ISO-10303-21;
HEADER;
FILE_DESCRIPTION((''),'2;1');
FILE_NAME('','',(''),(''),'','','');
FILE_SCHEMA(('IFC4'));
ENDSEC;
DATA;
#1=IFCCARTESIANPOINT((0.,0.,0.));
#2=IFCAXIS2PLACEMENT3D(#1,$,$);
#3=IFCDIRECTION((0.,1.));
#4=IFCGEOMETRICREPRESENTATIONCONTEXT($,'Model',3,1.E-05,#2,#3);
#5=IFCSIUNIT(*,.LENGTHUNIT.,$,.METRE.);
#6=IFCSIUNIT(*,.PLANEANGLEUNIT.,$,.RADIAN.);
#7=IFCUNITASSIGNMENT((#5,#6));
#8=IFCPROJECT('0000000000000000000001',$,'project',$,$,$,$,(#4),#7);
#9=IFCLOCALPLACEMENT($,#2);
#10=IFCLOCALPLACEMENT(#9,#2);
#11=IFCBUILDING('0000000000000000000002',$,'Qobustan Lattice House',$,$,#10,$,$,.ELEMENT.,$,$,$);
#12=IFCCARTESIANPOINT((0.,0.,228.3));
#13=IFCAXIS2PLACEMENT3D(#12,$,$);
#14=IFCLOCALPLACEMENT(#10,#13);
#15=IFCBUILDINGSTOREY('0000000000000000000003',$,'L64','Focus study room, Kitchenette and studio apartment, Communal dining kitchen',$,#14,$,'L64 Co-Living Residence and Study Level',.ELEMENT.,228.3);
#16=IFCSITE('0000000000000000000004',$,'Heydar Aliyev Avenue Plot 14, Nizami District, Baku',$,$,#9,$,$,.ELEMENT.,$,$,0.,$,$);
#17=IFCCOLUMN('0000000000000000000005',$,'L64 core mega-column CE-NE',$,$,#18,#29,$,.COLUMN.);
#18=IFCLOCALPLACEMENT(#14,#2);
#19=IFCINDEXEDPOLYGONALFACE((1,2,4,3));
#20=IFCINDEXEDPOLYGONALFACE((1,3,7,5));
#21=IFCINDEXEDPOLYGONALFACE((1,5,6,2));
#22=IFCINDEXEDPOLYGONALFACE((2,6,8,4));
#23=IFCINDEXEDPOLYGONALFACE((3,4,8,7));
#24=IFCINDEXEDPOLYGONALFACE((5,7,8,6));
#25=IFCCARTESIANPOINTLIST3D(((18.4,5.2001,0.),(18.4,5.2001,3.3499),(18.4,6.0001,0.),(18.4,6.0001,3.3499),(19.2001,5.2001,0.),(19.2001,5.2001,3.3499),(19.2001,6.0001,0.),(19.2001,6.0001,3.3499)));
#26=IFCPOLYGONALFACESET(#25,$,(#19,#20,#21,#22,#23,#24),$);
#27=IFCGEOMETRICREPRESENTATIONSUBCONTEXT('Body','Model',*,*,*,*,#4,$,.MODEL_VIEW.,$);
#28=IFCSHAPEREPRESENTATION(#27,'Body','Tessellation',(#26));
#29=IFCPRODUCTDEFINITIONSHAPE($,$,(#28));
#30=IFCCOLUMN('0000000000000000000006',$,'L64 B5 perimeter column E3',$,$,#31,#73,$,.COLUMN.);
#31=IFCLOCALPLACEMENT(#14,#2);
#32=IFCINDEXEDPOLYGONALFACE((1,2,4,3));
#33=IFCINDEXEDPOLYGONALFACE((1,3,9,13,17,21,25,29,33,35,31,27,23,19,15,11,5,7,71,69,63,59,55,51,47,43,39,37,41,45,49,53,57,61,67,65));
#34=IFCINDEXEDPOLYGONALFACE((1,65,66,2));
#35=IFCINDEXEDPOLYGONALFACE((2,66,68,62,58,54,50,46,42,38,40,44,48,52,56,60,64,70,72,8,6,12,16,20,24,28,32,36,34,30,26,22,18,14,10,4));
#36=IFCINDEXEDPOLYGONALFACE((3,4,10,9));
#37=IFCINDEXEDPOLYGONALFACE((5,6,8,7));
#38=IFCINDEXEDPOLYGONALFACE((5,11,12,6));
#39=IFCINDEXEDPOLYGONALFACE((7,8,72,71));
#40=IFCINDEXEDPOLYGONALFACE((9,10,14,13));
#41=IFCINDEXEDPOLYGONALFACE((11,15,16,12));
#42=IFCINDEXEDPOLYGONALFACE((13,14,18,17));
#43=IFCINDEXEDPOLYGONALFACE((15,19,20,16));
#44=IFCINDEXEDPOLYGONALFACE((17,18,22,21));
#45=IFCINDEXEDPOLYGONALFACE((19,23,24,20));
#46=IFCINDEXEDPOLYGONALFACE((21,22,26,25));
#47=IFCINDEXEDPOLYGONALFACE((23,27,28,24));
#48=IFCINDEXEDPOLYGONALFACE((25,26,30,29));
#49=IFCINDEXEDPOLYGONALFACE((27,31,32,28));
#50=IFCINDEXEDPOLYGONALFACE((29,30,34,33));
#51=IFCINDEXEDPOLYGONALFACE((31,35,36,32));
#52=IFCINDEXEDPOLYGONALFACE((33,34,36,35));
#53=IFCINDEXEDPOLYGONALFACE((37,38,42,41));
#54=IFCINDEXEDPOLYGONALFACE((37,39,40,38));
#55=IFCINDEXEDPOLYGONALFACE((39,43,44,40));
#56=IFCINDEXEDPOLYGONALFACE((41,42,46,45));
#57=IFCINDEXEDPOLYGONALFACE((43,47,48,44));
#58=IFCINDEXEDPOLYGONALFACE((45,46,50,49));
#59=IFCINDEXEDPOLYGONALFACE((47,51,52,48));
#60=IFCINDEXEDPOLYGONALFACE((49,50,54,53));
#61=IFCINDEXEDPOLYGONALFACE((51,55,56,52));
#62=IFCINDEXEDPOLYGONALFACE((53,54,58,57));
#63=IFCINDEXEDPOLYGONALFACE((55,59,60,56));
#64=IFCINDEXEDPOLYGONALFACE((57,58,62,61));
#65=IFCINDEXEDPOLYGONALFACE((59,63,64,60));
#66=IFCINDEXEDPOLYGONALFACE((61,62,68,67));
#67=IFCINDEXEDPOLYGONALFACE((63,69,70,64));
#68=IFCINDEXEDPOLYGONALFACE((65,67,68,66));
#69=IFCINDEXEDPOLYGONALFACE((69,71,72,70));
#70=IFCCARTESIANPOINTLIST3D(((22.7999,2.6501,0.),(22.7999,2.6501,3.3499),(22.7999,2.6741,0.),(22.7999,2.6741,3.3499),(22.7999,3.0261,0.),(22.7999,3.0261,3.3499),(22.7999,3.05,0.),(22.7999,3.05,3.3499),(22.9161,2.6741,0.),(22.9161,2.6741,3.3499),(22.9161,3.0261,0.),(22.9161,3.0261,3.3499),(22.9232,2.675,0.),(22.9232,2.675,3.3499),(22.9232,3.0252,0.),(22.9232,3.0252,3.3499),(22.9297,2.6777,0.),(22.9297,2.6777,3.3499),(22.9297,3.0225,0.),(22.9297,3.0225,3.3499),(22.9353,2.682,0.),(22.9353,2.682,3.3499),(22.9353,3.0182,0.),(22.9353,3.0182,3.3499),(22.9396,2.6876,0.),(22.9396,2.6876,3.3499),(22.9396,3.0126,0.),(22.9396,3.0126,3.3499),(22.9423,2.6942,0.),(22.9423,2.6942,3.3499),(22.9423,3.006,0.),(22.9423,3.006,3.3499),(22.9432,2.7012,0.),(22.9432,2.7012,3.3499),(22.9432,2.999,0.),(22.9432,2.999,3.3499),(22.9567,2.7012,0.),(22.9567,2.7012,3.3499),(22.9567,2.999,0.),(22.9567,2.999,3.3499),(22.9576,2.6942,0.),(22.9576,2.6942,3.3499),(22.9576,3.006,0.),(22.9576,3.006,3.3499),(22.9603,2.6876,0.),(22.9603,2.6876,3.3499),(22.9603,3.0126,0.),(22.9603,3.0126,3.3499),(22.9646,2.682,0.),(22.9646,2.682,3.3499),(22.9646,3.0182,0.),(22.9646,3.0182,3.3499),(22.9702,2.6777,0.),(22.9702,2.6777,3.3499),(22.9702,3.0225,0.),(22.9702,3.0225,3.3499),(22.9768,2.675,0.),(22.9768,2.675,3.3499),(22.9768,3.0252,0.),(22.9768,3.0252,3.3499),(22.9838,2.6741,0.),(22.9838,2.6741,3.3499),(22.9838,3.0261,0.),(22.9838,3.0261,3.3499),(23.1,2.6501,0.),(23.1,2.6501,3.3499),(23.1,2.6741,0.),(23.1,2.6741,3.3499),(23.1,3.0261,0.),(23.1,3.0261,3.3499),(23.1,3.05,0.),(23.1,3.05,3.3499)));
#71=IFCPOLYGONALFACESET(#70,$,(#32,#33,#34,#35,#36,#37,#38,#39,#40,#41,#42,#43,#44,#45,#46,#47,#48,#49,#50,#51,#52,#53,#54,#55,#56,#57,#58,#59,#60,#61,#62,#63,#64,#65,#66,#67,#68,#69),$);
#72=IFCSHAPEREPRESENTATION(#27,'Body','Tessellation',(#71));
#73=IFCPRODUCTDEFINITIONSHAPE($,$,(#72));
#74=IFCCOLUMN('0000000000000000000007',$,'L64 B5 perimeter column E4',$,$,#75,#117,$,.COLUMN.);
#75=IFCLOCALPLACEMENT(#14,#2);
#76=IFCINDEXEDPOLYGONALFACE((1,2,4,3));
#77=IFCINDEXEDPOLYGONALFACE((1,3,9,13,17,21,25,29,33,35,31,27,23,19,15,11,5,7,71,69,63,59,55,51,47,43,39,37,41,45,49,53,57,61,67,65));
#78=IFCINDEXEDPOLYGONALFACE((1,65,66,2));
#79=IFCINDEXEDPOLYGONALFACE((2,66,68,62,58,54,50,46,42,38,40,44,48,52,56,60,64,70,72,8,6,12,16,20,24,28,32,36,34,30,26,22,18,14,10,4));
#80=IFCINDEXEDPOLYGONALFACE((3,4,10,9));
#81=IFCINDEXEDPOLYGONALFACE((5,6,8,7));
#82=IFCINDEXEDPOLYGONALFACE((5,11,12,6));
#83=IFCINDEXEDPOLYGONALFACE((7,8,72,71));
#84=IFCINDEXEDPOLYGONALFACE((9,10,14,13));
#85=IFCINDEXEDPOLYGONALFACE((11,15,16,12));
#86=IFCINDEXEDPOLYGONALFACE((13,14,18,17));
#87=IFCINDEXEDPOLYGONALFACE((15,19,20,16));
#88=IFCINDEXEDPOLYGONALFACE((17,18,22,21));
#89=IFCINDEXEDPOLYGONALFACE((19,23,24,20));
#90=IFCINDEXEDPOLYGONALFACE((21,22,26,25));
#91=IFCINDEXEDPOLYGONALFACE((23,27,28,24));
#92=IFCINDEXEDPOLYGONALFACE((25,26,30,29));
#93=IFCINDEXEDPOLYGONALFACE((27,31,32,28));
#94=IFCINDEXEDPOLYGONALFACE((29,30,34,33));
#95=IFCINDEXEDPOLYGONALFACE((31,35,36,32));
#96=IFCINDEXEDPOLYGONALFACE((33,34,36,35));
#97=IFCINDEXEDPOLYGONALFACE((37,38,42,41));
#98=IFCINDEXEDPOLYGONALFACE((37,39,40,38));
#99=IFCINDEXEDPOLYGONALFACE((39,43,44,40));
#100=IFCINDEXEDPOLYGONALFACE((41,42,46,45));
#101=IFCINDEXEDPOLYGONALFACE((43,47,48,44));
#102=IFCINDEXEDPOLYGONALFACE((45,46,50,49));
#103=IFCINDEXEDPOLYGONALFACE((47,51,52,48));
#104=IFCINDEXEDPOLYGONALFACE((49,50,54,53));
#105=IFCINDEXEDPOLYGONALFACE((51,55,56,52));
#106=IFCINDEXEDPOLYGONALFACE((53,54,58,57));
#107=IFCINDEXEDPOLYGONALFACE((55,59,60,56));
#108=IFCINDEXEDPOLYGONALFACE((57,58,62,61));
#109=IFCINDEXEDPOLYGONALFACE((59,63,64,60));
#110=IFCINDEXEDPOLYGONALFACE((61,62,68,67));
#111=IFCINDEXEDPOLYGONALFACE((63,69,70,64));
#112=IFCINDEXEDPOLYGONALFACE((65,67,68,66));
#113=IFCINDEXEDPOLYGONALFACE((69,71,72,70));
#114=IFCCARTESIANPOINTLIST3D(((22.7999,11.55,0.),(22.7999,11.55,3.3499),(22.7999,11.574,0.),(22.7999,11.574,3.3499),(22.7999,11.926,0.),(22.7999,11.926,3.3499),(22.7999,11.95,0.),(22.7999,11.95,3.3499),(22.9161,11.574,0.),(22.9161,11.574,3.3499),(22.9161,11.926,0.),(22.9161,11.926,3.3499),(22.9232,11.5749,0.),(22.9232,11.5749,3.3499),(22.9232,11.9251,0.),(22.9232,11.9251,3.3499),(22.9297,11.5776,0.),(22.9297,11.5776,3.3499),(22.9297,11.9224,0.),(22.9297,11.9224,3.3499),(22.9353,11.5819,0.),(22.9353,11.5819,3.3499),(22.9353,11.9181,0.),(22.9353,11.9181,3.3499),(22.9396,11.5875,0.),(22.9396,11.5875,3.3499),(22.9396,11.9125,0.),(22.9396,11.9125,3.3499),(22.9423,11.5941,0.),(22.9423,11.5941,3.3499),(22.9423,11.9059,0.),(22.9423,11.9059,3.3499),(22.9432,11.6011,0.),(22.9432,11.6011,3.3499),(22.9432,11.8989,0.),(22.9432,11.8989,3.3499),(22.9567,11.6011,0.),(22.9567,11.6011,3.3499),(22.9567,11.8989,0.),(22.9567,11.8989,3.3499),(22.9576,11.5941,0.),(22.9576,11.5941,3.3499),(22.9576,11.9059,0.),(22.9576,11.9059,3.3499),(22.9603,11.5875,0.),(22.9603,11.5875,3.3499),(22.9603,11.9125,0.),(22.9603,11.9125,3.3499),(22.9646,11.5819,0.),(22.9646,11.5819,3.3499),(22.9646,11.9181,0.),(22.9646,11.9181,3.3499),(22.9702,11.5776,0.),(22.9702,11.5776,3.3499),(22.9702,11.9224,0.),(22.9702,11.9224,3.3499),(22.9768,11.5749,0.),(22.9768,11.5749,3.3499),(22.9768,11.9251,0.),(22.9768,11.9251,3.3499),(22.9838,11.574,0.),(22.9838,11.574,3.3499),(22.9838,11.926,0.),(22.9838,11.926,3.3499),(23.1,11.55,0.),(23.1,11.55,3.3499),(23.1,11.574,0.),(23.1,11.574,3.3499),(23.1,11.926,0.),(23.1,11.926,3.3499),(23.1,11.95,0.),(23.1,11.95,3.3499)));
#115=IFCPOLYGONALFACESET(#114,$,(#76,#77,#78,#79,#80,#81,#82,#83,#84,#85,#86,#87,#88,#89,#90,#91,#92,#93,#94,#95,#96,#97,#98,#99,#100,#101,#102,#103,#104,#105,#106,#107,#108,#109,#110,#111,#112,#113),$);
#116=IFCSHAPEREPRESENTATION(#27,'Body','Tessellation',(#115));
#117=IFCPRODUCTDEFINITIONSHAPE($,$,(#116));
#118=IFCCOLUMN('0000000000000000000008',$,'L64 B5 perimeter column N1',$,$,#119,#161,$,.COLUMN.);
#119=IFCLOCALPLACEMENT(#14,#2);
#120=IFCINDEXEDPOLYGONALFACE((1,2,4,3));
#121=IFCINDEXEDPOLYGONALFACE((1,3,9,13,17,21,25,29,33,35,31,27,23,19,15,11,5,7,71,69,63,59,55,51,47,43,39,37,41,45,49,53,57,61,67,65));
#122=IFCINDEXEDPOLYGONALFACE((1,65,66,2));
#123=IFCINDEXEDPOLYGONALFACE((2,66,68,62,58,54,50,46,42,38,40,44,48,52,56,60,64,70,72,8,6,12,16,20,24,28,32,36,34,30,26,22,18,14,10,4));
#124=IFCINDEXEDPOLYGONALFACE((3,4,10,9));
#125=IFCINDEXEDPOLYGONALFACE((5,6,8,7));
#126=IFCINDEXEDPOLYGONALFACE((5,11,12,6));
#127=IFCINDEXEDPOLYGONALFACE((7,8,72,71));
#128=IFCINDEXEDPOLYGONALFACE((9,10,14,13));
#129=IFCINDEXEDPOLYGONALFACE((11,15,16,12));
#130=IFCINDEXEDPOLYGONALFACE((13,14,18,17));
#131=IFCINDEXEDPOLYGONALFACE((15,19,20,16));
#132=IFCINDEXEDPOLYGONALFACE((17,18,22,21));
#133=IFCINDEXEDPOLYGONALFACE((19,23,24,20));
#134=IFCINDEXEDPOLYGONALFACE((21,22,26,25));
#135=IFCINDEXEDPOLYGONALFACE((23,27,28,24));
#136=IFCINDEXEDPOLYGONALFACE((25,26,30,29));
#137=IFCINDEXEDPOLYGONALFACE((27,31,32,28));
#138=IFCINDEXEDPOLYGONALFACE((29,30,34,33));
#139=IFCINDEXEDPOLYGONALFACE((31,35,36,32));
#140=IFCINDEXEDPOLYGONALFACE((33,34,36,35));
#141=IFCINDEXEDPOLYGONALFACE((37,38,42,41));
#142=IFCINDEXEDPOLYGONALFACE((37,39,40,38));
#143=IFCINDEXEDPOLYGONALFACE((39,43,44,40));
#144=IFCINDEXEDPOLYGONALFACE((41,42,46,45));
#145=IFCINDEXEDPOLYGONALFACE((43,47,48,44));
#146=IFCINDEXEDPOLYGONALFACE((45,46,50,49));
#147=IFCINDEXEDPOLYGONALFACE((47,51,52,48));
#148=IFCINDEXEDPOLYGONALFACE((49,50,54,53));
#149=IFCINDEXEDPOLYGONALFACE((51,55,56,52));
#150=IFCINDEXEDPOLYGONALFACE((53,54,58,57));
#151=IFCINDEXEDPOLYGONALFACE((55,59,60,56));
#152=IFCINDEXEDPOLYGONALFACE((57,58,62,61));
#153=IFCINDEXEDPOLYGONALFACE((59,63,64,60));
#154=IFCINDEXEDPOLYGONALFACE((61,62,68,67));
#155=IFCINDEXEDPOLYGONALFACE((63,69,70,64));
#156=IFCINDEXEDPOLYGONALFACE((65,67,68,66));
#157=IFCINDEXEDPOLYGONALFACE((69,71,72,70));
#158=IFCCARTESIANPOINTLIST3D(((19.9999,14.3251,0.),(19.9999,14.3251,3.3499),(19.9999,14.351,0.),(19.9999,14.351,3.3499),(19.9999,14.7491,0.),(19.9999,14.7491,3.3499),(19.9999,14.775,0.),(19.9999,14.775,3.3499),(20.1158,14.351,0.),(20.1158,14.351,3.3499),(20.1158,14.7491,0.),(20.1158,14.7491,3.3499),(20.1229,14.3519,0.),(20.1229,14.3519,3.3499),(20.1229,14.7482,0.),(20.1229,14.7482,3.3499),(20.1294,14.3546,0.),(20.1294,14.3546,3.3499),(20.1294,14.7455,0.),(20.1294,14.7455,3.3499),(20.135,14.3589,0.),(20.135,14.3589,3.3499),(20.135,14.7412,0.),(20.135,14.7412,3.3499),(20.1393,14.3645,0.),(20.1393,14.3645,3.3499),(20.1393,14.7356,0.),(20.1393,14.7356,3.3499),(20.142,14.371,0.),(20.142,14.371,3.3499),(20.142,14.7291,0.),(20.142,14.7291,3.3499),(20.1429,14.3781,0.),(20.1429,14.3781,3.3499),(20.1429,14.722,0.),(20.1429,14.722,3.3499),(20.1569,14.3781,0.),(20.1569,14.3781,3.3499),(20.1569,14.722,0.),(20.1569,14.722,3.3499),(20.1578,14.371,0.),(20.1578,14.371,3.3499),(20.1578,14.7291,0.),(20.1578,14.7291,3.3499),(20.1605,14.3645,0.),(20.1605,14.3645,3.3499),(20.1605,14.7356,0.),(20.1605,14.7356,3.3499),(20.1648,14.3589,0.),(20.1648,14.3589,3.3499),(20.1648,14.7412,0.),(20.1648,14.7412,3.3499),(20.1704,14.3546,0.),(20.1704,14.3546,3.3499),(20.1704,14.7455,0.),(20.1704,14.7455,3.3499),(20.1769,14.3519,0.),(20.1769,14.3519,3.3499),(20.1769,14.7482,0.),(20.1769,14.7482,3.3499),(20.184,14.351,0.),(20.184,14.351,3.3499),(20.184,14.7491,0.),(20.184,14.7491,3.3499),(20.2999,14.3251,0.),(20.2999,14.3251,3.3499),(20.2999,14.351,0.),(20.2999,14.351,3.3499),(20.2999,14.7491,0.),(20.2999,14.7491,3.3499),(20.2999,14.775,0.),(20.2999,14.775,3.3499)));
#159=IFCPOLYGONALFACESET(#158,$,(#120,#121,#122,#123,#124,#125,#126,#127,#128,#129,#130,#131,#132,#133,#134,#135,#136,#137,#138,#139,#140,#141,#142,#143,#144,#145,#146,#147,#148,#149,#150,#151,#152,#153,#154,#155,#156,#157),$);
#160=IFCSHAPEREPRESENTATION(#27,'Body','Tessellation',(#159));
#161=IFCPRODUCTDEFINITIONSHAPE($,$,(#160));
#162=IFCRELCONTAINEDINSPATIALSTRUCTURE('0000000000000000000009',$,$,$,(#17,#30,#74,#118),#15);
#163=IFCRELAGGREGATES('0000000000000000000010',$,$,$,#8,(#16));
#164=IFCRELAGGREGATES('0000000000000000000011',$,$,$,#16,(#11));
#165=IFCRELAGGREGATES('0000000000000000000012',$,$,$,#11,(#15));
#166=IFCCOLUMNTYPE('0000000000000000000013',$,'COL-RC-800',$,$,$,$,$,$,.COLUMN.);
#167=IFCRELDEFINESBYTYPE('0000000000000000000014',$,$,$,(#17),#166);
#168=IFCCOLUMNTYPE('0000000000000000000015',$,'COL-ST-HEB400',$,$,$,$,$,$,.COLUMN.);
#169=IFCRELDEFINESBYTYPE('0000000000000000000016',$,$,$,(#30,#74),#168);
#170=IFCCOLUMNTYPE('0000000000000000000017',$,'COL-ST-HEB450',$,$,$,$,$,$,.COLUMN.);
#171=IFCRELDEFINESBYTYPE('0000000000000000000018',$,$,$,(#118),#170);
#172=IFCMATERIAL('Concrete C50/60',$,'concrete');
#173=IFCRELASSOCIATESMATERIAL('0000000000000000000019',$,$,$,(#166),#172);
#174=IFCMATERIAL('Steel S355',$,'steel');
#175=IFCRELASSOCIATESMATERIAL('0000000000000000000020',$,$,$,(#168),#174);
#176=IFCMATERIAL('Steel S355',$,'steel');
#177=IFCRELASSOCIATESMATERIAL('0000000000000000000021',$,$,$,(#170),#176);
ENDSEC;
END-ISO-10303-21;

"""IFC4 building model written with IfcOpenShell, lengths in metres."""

from ifc_helpers import new_model, si_unit, direction, frame, origin, origin_2d, place, context, subcontext, project, spatial, rectangle, i_section, extrude, material, material_profile, profile_set, type_object, element, save


model = new_model("IFC4")

# Units and contexts
model_context = context("Model", 3, precision=1e-05, world=origin(), true_north=direction((0.0, 1.0)))
body_context = subcontext(model_context, "Body", "Model", "MODEL_VIEW")
ifc_project = project(units=[si_unit("LENGTHUNIT", "METRE"), si_unit("PLANEANGLEUNIT", "RADIAN")], contexts=[model_context])

# Site, building, storey
site_placement = place(None, origin())
site = spatial("IfcSite", under=ifc_project, at=site_placement, Name="Heydar Aliyev Avenue Plot 14, Nizami District, Baku", CompositionType="ELEMENT", RefElevation=0.0)
building_placement = place(site_placement, origin())
building = spatial("IfcBuilding", under=site, at=building_placement, Name="Qobustan Lattice House", CompositionType="ELEMENT")
storey_placement = place(building_placement, frame((0.0, 0.0, 228.3)))
storey = spatial("IfcBuildingStorey", under=building, at=storey_placement, Name="L64", Description="Focus study room, Kitchenette and studio apartment, Communal dining kitchen", LongName="L64 Co-Living Residence and Study Level", CompositionType="ELEMENT", Elevation=228.3)

# Columns
ifc_material_1 = material(Name="Concrete C50/60", Category="concrete")
ifc_material_profile_1 = material_profile(ifc_material_1, rectangle(XDim=0.8, YDim=0.8, at=origin_2d()), Name="RC800x800")
ifc_profile_set_1 = profile_set([ifc_material_profile_1], Name="Concrete C50/60")
column_type_1 = type_object("IfcColumnType", Name="COL-RC-800", PredefinedType="COLUMN", material=ifc_profile_set_1)
column_1_placement = place(storey_placement, frame((18.8, 5.6001, 0.0), z_axis=(0.0, 0.0, 1.0), x_axis=(1.0, 0.0, 0.0)))
element("IfcColumn", 1, at=column_1_placement, inside=storey, type_object=column_type_1, Name="L64 core mega-column CE-NE", PredefinedType="COLUMN", context=body_context, shape_type="SweptSolid", body=[
    extrude(rectangle(XDim=0.8, YDim=0.8, at=origin_2d()), origin(), (0.0, 0.0, 1.0), 3.3499),
])
ifc_material_2 = material(Name="Steel S355", Category="steel")
ifc_material_profile_2 = material_profile(ifc_material_2, i_section(OverallWidth=0.3, OverallDepth=0.3999, WebThickness=0.0134, FlangeThickness=0.0239, FilletRadius=0.0271, at=origin_2d()), Name="HEB400")
ifc_profile_set_2 = profile_set([ifc_material_profile_2], Name="Steel S355")
column_type_2 = type_object("IfcColumnType", Name="COL-ST-HEB400", PredefinedType="COLUMN", material=ifc_profile_set_2)
for number, where, z_axis, x_axis, name in (
    (2, (22.95, 2.8501, 0.0), (0.0, 0.0, 1.0), (1.0, 0.0, 0.0), "L64 B5 perimeter column E3"),
    (3, (22.95, 11.75, 0.0), (0.0, 0.0, 1.0), (1.0, 0.0, 0.0), "L64 B5 perimeter column E4"),
):
    element("IfcColumn", number, at=place(storey_placement, frame(where, z_axis=z_axis, x_axis=x_axis)), inside=storey, type_object=column_type_2, Name=name, PredefinedType="COLUMN", context=body_context, shape_type="SweptSolid", body=[
        extrude(i_section(OverallWidth=0.3, OverallDepth=0.3999, WebThickness=0.0134, FlangeThickness=0.0239, FilletRadius=0.0271, at=origin_2d()), origin(), (0.0, 0.0, 1.0), 3.3499),
    ])
ifc_material_3 = material(Name="Steel S355", Category="steel")
ifc_material_profile_3 = material_profile(ifc_material_3, i_section(OverallWidth=0.3, OverallDepth=0.45, WebThickness=0.0139, FlangeThickness=0.0259, FilletRadius=0.0271, at=origin_2d()), Name="HEB450")
ifc_profile_set_3 = profile_set([ifc_material_profile_3], Name="Steel S355")
column_type_3 = type_object("IfcColumnType", Name="COL-ST-HEB450", PredefinedType="COLUMN", material=ifc_profile_set_3)
column_2_placement = place(storey_placement, frame((20.1499, 14.55, 0.0), z_axis=(0.0, 0.0, 1.0), x_axis=(1.0, 0.0, 0.0)))
element("IfcColumn", 4, at=column_2_placement, inside=storey, type_object=column_type_3, Name="L64 B5 perimeter column N1", PredefinedType="COLUMN", context=body_context, shape_type="SweptSolid", body=[
    extrude(i_section(OverallWidth=0.3, OverallDepth=0.45, WebThickness=0.0139, FlangeThickness=0.0259, FilletRadius=0.0271, at=origin_2d()), origin(), (0.0, 0.0, 1.0), 3.3499),
])

save(model, "model.ifc")
